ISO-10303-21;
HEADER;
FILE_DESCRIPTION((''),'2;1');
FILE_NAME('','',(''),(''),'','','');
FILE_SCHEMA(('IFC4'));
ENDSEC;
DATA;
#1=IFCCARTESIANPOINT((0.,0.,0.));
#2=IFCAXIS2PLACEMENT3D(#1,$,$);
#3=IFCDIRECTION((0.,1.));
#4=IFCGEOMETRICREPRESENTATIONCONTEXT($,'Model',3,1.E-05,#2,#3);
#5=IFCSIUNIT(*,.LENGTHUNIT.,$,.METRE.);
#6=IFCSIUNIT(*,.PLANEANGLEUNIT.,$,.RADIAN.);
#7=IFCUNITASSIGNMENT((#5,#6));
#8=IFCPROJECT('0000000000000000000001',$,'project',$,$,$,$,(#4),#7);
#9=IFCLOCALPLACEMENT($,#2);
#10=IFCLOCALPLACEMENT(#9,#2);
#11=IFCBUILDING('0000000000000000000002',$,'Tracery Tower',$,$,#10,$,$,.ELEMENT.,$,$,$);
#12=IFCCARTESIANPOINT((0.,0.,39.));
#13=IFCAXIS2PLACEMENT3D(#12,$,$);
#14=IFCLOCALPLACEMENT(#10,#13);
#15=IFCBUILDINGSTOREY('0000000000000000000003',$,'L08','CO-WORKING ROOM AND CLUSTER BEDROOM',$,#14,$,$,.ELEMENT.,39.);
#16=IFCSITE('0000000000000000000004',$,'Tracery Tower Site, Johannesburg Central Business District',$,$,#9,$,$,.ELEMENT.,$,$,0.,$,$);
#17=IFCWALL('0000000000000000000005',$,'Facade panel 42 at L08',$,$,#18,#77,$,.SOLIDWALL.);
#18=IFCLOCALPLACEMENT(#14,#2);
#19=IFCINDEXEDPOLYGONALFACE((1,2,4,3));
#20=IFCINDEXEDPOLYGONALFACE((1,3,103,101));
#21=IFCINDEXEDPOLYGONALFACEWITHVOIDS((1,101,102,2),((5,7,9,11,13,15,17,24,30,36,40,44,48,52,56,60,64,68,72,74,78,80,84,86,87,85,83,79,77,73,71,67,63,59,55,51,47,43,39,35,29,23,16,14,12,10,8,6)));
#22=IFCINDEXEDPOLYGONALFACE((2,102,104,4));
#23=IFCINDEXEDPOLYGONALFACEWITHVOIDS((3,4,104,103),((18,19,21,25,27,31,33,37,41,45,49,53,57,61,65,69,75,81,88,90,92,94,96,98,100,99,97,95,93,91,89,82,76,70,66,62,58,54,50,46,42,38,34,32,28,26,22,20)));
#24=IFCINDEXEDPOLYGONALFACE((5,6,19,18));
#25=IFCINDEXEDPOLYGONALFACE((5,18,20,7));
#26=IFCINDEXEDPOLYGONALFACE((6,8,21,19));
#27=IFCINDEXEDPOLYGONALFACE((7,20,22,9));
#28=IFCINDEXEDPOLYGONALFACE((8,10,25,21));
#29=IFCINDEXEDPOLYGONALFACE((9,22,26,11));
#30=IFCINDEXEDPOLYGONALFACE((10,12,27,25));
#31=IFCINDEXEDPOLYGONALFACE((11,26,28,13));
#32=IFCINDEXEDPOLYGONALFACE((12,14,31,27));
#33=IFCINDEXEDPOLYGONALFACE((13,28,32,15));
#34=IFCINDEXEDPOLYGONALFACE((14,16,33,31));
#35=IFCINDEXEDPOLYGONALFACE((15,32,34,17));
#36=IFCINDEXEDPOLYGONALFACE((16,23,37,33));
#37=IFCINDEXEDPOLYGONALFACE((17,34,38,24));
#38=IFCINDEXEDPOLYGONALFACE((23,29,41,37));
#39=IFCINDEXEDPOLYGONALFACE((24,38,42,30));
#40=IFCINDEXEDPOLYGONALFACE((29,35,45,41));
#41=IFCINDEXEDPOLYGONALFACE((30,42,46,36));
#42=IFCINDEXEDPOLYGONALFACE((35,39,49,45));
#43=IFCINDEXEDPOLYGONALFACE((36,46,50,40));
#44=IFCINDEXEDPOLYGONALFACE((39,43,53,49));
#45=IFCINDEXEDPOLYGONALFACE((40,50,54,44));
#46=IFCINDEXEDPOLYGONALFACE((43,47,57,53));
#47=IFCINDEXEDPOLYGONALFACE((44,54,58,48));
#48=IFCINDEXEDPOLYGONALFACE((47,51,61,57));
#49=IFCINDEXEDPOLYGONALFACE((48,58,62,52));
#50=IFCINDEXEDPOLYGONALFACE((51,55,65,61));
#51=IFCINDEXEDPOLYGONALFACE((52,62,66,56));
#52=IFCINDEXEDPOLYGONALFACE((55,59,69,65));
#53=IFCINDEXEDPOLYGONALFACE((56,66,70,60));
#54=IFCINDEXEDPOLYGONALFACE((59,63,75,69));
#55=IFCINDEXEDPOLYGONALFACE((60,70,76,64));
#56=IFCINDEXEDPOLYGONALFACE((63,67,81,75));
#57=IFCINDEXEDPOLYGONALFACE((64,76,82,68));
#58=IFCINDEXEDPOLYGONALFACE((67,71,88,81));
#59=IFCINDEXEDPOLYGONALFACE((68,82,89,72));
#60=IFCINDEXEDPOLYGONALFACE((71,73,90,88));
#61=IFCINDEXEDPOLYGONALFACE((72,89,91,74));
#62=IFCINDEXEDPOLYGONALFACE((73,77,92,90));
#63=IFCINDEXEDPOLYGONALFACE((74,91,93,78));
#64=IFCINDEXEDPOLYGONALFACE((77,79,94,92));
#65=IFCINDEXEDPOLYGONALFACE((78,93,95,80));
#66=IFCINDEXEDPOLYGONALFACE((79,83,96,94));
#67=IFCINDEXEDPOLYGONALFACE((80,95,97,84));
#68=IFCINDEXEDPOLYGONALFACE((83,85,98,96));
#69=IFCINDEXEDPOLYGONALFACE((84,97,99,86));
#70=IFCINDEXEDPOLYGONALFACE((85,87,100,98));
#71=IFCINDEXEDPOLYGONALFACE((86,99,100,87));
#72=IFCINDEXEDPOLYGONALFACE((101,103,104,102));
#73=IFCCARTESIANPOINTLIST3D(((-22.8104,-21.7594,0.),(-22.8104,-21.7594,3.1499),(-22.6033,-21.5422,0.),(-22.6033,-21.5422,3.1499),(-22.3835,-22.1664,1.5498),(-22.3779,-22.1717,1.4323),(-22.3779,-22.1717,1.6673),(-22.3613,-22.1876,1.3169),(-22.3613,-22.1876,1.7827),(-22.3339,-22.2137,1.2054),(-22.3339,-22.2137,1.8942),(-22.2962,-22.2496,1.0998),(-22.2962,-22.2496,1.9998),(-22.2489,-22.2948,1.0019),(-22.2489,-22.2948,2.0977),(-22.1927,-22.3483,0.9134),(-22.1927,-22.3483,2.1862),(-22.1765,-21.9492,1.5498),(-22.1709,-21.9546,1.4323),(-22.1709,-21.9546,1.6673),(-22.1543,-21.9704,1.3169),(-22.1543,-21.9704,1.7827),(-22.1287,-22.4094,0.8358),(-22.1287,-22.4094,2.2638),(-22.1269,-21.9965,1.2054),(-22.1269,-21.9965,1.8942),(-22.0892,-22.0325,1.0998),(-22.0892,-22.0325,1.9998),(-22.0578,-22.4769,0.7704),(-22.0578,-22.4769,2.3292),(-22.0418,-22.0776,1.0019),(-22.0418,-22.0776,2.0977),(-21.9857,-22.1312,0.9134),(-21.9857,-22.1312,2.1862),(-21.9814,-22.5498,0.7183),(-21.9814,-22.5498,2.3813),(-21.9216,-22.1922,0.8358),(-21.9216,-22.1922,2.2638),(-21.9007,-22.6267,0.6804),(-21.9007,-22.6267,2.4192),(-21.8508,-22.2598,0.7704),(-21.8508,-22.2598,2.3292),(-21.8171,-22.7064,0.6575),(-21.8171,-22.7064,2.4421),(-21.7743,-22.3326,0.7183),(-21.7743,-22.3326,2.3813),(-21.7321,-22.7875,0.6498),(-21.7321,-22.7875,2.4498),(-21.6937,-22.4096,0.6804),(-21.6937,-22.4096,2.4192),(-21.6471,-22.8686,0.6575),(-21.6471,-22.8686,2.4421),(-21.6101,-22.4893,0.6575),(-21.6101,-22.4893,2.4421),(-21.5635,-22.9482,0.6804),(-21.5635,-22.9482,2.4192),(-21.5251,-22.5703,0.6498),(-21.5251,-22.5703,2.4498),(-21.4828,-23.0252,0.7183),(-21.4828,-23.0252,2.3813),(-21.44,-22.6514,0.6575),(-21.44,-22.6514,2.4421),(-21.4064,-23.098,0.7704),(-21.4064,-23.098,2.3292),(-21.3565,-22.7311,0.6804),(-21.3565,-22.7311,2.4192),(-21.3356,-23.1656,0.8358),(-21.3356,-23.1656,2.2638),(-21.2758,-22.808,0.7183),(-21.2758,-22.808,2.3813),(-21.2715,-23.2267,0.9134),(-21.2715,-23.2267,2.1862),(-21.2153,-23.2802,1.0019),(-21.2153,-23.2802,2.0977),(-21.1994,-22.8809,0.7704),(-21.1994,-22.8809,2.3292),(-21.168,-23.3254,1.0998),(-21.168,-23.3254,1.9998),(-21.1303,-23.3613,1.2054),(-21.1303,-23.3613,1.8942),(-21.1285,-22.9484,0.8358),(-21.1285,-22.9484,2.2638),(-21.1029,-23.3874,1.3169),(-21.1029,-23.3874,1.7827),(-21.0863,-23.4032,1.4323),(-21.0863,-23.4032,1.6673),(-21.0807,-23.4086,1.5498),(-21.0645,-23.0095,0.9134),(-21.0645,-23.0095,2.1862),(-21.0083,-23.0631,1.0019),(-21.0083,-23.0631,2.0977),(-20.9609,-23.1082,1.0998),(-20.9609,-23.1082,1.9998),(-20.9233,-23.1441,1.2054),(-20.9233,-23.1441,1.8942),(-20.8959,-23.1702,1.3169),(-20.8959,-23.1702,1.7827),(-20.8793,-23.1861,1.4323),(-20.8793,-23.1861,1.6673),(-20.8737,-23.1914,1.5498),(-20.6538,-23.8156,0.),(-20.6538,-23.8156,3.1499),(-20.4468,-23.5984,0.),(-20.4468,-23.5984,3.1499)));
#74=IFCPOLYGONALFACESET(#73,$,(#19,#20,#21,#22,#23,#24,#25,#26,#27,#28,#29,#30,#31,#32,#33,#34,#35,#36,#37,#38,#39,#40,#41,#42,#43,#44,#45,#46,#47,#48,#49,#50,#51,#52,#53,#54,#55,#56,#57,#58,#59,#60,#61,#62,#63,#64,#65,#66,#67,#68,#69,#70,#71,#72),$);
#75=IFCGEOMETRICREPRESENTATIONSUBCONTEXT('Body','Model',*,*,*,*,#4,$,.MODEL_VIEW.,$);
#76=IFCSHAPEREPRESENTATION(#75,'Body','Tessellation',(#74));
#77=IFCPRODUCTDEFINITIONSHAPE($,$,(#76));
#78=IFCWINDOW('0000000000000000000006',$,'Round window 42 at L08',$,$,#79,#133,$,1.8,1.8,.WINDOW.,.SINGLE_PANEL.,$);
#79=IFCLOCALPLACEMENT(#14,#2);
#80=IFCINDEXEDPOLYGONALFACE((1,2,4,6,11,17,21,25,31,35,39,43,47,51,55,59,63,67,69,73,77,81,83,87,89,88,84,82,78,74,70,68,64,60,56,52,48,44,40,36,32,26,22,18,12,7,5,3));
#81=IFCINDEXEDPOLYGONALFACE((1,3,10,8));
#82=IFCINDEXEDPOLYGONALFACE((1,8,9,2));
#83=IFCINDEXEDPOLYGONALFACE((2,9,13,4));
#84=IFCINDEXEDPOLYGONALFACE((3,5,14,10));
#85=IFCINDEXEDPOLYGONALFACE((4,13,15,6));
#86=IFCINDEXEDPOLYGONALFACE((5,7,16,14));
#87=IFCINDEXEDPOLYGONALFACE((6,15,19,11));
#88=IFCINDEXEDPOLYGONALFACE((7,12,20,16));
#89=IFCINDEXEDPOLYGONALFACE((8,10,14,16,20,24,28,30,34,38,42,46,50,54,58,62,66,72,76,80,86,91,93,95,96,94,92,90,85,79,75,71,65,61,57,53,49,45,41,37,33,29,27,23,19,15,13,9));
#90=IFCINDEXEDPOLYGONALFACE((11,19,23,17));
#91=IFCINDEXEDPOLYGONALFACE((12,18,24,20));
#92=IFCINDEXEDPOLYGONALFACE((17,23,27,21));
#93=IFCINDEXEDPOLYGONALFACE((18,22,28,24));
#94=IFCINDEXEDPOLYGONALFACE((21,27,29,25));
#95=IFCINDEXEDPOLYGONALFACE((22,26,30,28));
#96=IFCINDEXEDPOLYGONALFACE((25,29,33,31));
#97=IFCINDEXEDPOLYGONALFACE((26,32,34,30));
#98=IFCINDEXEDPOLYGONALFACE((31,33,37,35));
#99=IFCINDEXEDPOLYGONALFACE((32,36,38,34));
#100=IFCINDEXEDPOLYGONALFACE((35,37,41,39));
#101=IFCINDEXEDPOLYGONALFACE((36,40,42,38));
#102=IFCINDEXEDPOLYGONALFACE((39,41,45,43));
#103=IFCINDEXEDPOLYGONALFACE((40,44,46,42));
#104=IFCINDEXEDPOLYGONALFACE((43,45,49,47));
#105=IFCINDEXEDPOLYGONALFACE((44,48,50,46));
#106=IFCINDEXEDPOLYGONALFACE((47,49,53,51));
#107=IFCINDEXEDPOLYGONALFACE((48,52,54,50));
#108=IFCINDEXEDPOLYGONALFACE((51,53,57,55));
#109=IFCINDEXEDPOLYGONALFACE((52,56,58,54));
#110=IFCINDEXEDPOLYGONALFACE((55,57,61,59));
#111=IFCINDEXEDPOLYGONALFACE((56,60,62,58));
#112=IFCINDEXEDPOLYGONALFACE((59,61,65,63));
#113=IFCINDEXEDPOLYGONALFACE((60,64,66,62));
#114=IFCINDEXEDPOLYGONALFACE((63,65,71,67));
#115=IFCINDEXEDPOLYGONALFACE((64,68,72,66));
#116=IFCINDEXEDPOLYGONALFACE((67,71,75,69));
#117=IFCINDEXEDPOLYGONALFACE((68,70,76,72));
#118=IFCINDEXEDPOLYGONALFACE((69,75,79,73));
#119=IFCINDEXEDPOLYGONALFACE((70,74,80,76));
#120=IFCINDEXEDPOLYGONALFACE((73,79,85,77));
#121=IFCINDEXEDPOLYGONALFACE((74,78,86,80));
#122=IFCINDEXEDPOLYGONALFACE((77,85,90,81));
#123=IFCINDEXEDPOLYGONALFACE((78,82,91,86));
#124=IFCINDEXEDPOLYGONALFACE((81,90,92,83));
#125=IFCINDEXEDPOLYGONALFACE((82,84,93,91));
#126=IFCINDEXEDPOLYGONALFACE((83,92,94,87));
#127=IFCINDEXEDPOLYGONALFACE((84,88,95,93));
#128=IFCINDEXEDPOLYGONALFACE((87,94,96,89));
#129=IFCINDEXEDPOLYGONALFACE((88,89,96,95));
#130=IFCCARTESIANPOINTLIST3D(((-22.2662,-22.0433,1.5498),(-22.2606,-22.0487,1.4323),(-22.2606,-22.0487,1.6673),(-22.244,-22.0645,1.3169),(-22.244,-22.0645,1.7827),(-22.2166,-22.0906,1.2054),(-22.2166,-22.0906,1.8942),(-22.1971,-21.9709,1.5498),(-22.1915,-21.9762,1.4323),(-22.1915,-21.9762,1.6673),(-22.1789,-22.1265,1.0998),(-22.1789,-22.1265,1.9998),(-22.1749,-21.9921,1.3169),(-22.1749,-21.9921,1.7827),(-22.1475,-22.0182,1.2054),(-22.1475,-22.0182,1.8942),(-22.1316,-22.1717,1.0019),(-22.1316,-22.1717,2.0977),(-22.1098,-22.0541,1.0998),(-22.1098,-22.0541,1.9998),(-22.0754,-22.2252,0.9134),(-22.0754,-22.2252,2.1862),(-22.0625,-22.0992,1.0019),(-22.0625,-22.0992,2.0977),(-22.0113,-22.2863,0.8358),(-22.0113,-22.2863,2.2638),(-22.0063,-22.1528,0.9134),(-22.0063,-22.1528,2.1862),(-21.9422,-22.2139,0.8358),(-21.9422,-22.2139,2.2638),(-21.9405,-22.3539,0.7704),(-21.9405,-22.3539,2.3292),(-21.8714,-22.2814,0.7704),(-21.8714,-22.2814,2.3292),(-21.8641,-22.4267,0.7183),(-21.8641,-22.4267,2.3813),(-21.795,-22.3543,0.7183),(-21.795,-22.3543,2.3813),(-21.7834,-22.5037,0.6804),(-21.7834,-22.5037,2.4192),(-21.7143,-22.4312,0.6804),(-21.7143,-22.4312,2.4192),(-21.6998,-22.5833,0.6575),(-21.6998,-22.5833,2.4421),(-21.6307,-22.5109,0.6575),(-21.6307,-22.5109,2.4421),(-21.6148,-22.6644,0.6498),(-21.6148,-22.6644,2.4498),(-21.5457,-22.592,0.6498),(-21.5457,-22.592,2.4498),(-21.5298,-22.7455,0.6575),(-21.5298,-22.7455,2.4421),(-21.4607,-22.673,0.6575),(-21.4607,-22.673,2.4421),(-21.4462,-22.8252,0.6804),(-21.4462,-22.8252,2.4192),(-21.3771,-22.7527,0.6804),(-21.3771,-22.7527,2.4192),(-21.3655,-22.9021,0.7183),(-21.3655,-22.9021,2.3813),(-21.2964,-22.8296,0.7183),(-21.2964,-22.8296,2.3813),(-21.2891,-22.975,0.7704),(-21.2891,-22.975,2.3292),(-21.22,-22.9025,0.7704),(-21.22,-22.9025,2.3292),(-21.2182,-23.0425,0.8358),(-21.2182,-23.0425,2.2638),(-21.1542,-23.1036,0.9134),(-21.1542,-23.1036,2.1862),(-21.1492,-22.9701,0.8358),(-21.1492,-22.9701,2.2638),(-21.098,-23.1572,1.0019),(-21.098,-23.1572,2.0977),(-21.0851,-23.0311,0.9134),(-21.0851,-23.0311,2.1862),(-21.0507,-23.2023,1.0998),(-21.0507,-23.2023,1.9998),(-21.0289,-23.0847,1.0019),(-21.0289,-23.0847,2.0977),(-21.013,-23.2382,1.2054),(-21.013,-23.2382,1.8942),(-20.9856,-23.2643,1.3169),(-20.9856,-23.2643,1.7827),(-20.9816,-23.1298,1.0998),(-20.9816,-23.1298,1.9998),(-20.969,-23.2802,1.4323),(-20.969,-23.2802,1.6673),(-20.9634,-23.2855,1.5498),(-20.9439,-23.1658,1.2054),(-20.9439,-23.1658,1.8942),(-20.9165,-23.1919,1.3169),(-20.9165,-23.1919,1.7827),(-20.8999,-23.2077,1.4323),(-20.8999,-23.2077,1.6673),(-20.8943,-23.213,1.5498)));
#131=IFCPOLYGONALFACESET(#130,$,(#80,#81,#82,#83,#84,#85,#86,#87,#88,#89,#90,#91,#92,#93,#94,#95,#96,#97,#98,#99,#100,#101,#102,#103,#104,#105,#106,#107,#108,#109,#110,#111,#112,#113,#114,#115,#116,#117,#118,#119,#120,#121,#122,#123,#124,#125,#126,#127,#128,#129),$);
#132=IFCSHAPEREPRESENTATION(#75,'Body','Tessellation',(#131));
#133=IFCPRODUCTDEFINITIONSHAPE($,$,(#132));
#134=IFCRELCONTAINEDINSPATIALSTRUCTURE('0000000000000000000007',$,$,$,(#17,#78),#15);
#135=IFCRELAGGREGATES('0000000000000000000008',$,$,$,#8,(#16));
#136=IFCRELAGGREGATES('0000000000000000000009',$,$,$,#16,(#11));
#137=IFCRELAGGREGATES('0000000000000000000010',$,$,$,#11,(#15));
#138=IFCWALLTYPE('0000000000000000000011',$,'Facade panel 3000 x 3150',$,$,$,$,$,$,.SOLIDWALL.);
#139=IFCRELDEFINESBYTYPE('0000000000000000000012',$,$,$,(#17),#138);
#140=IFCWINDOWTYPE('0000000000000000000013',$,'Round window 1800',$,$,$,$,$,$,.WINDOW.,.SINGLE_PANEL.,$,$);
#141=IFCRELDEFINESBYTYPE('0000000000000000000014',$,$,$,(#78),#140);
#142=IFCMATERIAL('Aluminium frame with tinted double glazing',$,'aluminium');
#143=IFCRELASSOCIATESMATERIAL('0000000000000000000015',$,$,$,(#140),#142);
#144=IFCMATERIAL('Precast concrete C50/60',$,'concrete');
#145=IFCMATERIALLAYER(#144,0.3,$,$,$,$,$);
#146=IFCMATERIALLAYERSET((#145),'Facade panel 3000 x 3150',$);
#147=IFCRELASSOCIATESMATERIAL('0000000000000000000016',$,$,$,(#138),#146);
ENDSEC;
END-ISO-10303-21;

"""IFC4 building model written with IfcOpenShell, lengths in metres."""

from ifc_helpers import new_model, si_unit, direction, frame, frame_2d, origin, origin_2d, place, context, subcontext, project, spatial, rectangle, circle, extrude, material, layer, layer_set, type_object, element, fill, save


model = new_model("IFC4")

# Units and contexts
model_context = context("Model", 3, precision=1e-05, world=origin(), true_north=direction((0.0, 1.0)))
body_context = subcontext(model_context, "Body", "Model", "MODEL_VIEW")
ifc_project = project(units=[si_unit("LENGTHUNIT", "METRE"), si_unit("PLANEANGLEUNIT", "RADIAN")], contexts=[model_context])

# Site, building, storey
site_placement = place(None, origin())
site = spatial("IfcSite", under=ifc_project, at=site_placement, Name="Tracery Tower Site, Johannesburg Central Business District", CompositionType="ELEMENT", RefElevation=0.0)
building_placement = place(site_placement, origin())
building = spatial("IfcBuilding", under=site, at=building_placement, Name="Tracery Tower", CompositionType="ELEMENT")
storey_placement = place(building_placement, frame((0.0, 0.0, 39.0)))
storey = spatial("IfcBuildingStorey", under=building, at=storey_placement, Name="L08", Description="CO-WORKING ROOM AND CLUSTER BEDROOM", CompositionType="ELEMENT", Elevation=39.0)

# Wall, opening, window
ifc_material_1 = material(Name="Aluminium frame with tinted double glazing", Category="aluminium")
window_type = type_object("IfcWindowType", Name="Round window 1800", PartitioningType="SINGLE_PANEL", PredefinedType="WINDOW", material=ifc_material_1)
ifc_material_2 = material(Name="Precast concrete C50/60", Category="concrete")
ifc_layer_1 = layer(ifc_material_2, 0.3)
ifc_layer_set_1 = layer_set([ifc_layer_1], Name="Facade panel 3000 x 3150")
wall_type_1 = type_object("IfcWallType", Name="Facade panel 3000 x 3150", PredefinedType="SOLIDWALL", material=ifc_layer_set_1)
wall_1_placement = place(storey_placement, frame((-22.7068, -21.6509, 0.0), z_axis=(0.0, 0.0, 1.0), x_axis=(0.723744, -0.690068, 0.0)))
wall_1 = element("IfcWall", 1, at=wall_1_placement, inside=storey, type_object=wall_type_1, Name="Facade panel 42 at L08", PredefinedType="SOLIDWALL", context=body_context, shape_type="SweptSolid", body=[
    extrude(rectangle(XDim=2.9797, YDim=0.3, at=frame_2d((1.4897, 0.0))), origin(), (0.0, 0.0, 1.0), 3.1499),
])
opening_1_placement = place(wall_1_placement, frame((1.4897, 0.0, 1.5498)))
opening_1 = element("IfcOpeningElement", 2, at=opening_1_placement, cuts=wall_1, PredefinedType="OPENING", context=body_context, shape_type="SweptSolid", body=[
    extrude(circle(Radius=0.9, at=origin_2d()), frame((0.0, 0.1599, 0.0), z_axis=(0.0, -1.0, 0.0), x_axis=(1.0, 0.0, 0.0)), (0.0, 0.0, 1.0), 0.3201),
])
window_1_placement = place(opening_1_placement, origin())
window_1 = element("IfcWindow", 3, at=window_1_placement, inside=storey, type_object=window_type, Name="Round window 42 at L08", OverallHeight=1.8, OverallWidth=1.8, PartitioningType="SINGLE_PANEL", PredefinedType="WINDOW", context=body_context, shape_type="SweptSolid", body=[
    extrude(circle(Radius=0.9, at=origin_2d()), frame((0.0, 0.1201, 0.0), z_axis=(0.0, -1.0, 0.0), x_axis=(1.0, 0.0, 0.0)), (0.0, 0.0, 1.0), 0.1001),
])
fill(opening_1, window_1)

save(model, "model.ifc")
